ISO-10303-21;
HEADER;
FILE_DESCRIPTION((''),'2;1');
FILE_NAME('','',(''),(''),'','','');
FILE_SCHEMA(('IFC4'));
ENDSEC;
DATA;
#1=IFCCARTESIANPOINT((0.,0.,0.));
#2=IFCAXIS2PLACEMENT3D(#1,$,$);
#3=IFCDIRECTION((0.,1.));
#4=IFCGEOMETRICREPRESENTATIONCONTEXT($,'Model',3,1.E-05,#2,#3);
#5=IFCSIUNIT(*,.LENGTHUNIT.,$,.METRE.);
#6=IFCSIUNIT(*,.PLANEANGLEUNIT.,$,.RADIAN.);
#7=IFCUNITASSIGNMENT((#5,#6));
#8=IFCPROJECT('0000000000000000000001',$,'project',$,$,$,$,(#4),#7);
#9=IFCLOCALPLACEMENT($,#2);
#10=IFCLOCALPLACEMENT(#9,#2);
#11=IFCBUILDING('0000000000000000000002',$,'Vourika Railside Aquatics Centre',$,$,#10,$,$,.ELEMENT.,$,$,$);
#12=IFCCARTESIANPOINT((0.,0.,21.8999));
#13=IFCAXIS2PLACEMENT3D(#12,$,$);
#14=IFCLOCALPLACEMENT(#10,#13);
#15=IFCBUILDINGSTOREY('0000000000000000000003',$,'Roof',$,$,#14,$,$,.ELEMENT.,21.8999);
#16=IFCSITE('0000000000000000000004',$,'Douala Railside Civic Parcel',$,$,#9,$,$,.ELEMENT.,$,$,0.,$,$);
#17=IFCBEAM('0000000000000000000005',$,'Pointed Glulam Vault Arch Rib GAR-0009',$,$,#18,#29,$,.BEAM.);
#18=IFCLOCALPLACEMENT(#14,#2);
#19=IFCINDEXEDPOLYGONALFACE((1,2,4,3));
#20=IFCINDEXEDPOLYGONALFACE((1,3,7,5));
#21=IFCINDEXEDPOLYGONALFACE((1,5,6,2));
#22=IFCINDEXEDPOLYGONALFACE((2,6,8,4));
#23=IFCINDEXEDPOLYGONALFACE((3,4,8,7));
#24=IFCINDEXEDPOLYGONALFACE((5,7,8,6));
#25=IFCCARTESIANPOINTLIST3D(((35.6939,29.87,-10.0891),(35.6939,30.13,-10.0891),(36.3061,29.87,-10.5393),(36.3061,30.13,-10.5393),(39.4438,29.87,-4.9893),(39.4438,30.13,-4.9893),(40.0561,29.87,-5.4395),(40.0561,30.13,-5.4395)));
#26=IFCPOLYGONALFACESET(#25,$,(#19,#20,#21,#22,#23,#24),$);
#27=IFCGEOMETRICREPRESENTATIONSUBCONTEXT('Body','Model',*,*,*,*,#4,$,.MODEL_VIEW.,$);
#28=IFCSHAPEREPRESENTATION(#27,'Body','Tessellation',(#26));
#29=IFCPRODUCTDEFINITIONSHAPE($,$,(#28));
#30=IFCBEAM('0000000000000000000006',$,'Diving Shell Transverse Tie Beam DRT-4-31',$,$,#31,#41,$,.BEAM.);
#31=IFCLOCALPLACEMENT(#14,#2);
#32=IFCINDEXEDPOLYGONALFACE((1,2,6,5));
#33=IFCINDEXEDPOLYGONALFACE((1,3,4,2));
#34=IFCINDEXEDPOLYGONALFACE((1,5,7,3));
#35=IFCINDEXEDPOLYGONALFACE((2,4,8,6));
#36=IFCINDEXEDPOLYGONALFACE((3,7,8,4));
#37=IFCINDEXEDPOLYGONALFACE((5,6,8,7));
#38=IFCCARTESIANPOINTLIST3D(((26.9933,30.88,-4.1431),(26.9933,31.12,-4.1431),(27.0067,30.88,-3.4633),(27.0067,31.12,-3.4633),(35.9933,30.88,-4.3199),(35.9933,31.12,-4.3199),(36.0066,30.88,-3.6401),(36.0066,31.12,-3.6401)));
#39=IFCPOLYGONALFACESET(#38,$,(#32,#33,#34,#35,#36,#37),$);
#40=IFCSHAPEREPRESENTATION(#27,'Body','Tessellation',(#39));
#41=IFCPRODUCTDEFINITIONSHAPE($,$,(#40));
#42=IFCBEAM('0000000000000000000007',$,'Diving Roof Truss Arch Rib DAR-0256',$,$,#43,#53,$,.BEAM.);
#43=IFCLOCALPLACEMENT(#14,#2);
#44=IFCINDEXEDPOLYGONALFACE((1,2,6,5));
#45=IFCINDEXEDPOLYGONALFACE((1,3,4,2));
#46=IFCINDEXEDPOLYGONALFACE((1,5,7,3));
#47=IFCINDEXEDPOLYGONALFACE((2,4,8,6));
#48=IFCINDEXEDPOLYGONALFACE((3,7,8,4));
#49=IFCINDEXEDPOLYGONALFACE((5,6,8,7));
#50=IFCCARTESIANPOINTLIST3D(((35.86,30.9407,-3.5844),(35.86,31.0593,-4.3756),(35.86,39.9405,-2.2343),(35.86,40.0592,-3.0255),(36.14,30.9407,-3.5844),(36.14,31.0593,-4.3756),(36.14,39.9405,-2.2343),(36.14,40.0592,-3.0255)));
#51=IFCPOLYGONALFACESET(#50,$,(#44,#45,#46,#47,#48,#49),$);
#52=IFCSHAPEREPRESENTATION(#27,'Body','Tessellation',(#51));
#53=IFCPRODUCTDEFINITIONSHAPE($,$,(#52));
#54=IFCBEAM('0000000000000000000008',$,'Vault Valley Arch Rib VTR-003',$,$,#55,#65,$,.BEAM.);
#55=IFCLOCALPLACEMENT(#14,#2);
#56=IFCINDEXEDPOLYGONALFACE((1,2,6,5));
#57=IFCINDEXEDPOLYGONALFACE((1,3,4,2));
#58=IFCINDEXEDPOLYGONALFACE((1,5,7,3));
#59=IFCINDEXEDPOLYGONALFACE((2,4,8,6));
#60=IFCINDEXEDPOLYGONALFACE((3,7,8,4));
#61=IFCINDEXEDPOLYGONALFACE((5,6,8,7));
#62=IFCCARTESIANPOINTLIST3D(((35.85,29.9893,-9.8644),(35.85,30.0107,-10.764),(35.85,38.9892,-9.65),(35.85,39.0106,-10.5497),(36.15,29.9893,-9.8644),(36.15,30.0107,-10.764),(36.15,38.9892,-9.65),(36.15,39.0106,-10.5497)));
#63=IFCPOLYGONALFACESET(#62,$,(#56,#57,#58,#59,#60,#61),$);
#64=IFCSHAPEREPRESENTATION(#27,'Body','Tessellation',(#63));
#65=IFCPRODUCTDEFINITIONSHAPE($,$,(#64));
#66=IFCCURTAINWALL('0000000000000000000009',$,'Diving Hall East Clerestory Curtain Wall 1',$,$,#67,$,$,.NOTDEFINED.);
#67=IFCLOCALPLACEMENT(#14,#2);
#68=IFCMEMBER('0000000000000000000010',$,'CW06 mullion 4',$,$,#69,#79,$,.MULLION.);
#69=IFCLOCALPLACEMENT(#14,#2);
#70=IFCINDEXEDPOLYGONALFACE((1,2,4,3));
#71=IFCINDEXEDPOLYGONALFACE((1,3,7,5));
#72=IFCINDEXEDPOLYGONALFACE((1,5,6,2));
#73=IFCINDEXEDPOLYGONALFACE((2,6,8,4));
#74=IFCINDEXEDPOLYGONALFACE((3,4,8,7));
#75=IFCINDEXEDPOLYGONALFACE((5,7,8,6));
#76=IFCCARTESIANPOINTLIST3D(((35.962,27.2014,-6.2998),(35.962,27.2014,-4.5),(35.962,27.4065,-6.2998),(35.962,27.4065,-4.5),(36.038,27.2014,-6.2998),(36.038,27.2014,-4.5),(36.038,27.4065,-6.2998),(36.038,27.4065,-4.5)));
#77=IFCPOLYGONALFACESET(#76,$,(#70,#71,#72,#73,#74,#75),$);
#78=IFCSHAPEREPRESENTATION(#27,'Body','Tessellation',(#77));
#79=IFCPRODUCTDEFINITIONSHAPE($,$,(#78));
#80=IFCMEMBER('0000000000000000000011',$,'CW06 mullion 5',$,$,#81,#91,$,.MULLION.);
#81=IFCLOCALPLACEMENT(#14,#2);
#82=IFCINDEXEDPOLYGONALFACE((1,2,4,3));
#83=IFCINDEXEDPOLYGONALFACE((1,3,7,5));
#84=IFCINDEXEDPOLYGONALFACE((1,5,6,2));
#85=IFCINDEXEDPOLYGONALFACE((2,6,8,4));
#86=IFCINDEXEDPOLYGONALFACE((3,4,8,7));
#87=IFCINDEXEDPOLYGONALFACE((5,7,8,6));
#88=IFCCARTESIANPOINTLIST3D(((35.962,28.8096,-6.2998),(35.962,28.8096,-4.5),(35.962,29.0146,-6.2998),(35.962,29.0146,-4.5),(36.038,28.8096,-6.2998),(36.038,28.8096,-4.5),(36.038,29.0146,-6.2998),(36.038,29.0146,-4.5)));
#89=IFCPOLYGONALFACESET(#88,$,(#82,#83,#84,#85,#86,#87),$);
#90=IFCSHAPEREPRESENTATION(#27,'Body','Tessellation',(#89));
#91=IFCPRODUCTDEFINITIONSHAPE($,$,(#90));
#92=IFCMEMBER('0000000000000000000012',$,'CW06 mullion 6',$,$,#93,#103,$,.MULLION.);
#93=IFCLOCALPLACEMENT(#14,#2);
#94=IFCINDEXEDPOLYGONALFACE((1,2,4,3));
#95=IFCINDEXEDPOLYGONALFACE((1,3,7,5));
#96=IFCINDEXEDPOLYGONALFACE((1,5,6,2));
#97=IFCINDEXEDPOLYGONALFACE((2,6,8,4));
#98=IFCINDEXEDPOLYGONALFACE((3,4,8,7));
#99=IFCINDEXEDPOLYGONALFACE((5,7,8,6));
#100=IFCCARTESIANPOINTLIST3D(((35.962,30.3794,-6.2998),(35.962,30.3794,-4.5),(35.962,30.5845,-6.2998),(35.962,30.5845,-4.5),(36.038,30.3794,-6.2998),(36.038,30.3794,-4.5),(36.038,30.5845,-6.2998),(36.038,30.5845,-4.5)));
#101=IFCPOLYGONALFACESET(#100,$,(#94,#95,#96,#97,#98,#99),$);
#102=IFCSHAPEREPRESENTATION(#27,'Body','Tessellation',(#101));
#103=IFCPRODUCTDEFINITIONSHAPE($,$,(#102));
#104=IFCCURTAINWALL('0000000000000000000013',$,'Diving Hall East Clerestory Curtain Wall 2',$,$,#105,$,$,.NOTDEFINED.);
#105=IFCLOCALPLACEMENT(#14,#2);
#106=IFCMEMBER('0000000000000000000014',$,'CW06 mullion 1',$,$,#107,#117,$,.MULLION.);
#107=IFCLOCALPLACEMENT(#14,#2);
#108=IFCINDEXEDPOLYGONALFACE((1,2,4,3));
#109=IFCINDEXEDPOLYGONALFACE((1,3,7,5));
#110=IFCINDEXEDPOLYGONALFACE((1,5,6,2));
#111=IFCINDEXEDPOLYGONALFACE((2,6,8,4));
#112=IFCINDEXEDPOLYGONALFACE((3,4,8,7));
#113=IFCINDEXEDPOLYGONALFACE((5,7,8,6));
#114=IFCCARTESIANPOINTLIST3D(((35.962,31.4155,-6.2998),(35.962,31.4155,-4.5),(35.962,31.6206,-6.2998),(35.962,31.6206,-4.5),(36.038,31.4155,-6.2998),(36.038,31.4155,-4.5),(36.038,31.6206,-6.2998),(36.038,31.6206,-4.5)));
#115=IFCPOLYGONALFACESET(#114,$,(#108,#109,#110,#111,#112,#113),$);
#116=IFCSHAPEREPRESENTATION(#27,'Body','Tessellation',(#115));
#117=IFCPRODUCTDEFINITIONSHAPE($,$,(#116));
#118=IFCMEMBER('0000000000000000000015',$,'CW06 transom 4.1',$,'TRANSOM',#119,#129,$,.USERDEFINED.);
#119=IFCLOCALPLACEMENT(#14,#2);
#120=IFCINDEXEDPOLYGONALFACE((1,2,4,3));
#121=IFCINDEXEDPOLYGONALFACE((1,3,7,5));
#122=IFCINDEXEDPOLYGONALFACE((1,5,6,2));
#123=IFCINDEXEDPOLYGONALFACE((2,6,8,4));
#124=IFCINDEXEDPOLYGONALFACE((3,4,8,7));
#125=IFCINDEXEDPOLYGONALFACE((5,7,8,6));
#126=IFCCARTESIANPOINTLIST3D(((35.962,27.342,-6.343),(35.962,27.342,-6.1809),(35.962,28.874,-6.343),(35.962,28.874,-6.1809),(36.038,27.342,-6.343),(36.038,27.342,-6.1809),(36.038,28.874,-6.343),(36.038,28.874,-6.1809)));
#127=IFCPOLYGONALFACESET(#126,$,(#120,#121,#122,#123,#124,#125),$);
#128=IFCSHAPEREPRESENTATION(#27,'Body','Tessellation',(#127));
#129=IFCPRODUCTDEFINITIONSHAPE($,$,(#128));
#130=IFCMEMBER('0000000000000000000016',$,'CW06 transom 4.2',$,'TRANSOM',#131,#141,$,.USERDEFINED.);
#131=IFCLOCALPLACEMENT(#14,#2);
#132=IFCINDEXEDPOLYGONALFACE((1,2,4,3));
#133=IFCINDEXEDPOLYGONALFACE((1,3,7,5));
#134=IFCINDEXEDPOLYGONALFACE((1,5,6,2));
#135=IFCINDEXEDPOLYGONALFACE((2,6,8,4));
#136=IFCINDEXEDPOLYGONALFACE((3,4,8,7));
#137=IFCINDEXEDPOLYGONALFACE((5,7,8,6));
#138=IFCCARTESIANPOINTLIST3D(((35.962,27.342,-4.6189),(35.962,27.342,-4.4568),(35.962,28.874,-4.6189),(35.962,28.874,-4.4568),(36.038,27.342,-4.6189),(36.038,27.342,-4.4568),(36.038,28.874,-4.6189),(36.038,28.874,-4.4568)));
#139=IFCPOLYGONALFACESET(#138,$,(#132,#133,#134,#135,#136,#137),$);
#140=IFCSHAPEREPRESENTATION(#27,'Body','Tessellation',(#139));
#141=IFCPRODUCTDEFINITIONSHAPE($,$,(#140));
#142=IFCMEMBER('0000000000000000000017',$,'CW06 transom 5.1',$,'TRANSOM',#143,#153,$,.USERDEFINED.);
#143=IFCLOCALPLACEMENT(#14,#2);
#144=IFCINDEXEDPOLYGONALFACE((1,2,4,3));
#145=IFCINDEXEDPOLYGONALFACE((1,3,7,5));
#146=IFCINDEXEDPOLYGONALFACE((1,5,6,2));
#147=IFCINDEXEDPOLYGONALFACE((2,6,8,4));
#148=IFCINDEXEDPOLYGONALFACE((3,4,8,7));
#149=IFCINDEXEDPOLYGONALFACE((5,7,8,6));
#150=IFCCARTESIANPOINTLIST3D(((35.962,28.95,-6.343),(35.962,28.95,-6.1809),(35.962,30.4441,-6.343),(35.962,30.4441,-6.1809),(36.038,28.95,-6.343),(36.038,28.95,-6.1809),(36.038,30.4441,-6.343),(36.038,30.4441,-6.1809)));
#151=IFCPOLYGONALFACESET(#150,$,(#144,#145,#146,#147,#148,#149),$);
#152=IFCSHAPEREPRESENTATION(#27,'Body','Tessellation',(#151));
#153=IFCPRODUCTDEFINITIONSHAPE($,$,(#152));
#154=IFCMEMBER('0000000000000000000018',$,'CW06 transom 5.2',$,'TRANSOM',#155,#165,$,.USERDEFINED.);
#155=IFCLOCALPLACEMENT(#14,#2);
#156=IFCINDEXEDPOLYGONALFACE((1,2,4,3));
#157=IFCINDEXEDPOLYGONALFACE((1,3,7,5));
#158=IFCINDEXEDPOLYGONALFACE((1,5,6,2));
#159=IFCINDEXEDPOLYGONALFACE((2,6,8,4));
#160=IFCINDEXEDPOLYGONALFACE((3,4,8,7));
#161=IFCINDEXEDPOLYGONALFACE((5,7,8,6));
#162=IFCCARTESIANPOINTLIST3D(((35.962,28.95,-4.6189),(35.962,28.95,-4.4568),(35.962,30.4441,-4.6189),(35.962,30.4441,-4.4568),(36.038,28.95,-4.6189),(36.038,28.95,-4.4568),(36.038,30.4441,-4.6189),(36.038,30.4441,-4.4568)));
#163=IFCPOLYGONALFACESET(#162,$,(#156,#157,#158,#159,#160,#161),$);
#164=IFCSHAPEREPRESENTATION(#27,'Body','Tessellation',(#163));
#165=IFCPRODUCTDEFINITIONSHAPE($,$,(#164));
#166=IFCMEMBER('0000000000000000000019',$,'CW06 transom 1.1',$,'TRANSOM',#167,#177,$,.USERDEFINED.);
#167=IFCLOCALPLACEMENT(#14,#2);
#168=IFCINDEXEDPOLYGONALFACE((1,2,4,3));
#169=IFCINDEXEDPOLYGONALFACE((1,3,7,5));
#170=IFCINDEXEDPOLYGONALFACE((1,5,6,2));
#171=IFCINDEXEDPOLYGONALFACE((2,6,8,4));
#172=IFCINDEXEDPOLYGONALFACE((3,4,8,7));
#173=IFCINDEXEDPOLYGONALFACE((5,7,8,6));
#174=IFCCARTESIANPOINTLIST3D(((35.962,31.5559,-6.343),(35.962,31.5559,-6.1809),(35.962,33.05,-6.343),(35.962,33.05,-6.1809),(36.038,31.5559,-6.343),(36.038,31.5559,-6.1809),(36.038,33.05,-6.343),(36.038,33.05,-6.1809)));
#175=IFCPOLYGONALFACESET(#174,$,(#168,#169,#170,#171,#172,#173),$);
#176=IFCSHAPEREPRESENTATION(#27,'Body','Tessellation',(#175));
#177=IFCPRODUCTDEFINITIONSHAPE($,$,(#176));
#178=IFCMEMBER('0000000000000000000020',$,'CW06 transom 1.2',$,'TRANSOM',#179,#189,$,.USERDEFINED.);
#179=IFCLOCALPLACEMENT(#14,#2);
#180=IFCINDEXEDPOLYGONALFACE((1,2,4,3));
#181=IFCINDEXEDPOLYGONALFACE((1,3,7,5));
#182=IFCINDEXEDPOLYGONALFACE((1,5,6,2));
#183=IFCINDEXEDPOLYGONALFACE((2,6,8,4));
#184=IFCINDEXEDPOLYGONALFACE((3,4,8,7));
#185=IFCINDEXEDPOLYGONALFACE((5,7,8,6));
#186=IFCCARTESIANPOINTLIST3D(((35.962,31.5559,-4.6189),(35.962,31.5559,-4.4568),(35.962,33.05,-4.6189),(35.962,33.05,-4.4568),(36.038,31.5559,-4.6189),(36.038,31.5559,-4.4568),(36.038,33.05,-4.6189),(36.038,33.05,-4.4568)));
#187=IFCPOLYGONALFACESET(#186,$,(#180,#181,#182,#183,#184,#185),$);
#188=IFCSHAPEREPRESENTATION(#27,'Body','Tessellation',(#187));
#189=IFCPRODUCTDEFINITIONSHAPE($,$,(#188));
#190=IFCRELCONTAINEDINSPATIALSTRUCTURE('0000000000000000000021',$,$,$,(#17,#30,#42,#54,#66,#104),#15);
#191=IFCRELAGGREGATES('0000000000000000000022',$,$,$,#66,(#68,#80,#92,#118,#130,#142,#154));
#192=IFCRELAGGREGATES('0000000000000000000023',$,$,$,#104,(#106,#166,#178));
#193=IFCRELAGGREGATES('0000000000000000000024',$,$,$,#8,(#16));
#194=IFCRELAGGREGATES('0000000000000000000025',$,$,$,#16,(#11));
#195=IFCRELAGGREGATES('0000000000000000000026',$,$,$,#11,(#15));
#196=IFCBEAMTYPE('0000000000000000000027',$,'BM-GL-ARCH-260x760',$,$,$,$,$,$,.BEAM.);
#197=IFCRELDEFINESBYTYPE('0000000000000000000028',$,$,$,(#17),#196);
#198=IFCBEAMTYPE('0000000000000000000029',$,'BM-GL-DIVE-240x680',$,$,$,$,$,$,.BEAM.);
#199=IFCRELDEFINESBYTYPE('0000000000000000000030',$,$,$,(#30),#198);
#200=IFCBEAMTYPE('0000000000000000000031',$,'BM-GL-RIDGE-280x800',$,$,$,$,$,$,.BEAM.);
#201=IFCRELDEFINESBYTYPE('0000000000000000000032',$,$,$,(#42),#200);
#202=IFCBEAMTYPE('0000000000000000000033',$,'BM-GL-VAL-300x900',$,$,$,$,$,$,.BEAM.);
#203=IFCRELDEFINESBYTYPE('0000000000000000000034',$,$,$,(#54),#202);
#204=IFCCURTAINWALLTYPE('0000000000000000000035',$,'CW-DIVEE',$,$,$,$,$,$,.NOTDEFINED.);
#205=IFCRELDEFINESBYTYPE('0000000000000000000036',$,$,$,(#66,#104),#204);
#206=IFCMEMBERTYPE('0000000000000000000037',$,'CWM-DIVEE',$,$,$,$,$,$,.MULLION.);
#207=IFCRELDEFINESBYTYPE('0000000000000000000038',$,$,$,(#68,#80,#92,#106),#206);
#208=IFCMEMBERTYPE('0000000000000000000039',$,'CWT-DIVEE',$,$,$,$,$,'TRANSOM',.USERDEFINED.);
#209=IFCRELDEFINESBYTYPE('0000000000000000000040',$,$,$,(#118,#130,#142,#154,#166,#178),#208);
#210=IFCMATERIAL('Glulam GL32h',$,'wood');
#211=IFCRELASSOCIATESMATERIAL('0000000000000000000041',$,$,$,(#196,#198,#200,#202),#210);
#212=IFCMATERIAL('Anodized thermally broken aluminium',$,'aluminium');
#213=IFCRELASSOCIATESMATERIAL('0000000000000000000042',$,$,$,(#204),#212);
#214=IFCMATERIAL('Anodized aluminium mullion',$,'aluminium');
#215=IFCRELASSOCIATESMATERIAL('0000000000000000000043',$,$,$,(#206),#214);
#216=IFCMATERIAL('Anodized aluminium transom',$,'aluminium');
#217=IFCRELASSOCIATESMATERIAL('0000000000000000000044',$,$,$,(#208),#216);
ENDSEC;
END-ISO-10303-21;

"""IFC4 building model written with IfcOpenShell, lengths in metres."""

from ifc_helpers import new_model, si_unit, direction, frame, origin, origin_2d, place, context, subcontext, project, spatial, rectangle, extrude, material, material_profile, profile_set, type_object, element, aggregate, save


model = new_model("IFC4")

# Units and contexts
model_context = context("Model", 3, precision=1e-05, world=origin(), true_north=direction((0.0, 1.0)))
body_context = subcontext(model_context, "Body", "Model", "MODEL_VIEW")
ifc_project = project(units=[si_unit("LENGTHUNIT", "METRE"), si_unit("PLANEANGLEUNIT", "RADIAN")], contexts=[model_context])

# Site, building, storey
site_placement = place(None, origin())
site = spatial("IfcSite", under=ifc_project, at=site_placement, Name="Douala Railside Civic Parcel", CompositionType="ELEMENT", RefElevation=0.0)
building_placement = place(site_placement, origin())
building = spatial("IfcBuilding", under=site, at=building_placement, Name="Vourika Railside Aquatics Centre", CompositionType="ELEMENT")
storey_placement = place(building_placement, frame((0.0, 0.0, 21.8999)))
storey = spatial("IfcBuildingStorey", under=building, at=storey_placement, Name="Roof", CompositionType="ELEMENT", Elevation=21.8999)

# Beams
ifc_material_1 = material(Name="Glulam GL32h", Category="wood")
ifc_material_profile_1 = material_profile(ifc_material_1, rectangle(XDim=0.26, YDim=0.76, at=origin_2d()), Name="GL32h 260x760")
ifc_profile_set_1 = profile_set([ifc_material_profile_1], Name="Glulam GL32h")
beam_type_1 = type_object("IfcBeamType", Name="BM-GL-ARCH-260x760", PredefinedType="BEAM", material=ifc_profile_set_1)
beam_1_placement = place(storey_placement, frame((36.0, 30.0, -10.3142), z_axis=(0.592401, 0.0, 0.805643), x_axis=(0.0, 1.0, 0.0)))
element("IfcBeam", 1, at=beam_1_placement, inside=storey, type_object=beam_type_1, Name="Pointed Glulam Vault Arch Rib GAR-0009", PredefinedType="BEAM", context=body_context, shape_type="SweptSolid", body=[
    extrude(rectangle(XDim=0.26, YDim=0.76, at=origin_2d()), origin(), (0.0, 0.0, 1.0), 6.3301),
])
ifc_material_profile_2 = material_profile(ifc_material_1, rectangle(XDim=0.24, YDim=0.6799, at=origin_2d()), Name="GL32h 240x680")
ifc_profile_set_2 = profile_set([ifc_material_profile_2], Name="Glulam GL32h")
beam_type_2 = type_object("IfcBeamType", Name="BM-GL-DIVE-240x680", PredefinedType="BEAM", material=ifc_profile_set_2)
beam_2_placement = place(storey_placement, frame((27.0, 31.0, -3.8032), z_axis=(0.999807, 0.0, -0.019636), x_axis=(0.0, 1.0, 0.0)))
element("IfcBeam", 2, at=beam_2_placement, inside=storey, type_object=beam_type_2, Name="Diving Shell Transverse Tie Beam DRT-4-31", PredefinedType="BEAM", context=body_context, shape_type="SweptSolid", body=[
    extrude(rectangle(XDim=0.24, YDim=0.6799, at=origin_2d()), origin(), (0.0, 0.0, 1.0), 9.0017),
])
ifc_material_profile_3 = material_profile(ifc_material_1, rectangle(XDim=0.28, YDim=0.8, at=origin_2d()), Name="GL32h 280x800")
ifc_profile_set_3 = profile_set([ifc_material_profile_3], Name="Glulam GL32h")
beam_type_3 = type_object("IfcBeamType", Name="BM-GL-RIDGE-280x800", PredefinedType="BEAM", material=ifc_profile_set_3)
beam_3_placement = place(storey_placement, frame((36.0, 31.0, -3.98), z_axis=(0.0, 0.988935, 0.148351), x_axis=(-1.0, 0.0, 0.0)))
element("IfcBeam", 3, at=beam_3_placement, inside=storey, type_object=beam_type_3, Name="Diving Roof Truss Arch Rib DAR-0256", PredefinedType="BEAM", context=body_context, shape_type="SweptSolid", body=[
    extrude(rectangle(XDim=0.28, YDim=0.8, at=origin_2d()), origin(), (0.0, 0.0, 1.0), 9.1006),
])
ifc_material_profile_4 = material_profile(ifc_material_1, rectangle(XDim=0.3, YDim=0.8999, at=origin_2d()), Name="GL32h 300x900")
ifc_profile_set_4 = profile_set([ifc_material_profile_4], Name="Glulam GL32h")
beam_type_4 = type_object("IfcBeamType", Name="BM-GL-VAL-300x900", PredefinedType="BEAM", material=ifc_profile_set_4)
beam_4_placement = place(storey_placement, frame((36.0, 30.0, -10.3142), z_axis=(0.0, 0.999716, 0.023811), x_axis=(-1.0, 0.0, 0.0)))
element("IfcBeam", 4, at=beam_4_placement, inside=storey, type_object=beam_type_4, Name="Vault Valley Arch Rib VTR-003", PredefinedType="BEAM", context=body_context, shape_type="SweptSolid", body=[
    extrude(rectangle(XDim=0.3, YDim=0.8999, at=origin_2d()), origin(), (0.0, 0.0, 1.0), 9.0024),
])

# Curtain wall, members
ifc_material_2 = material(Name="Anodized thermally broken aluminium", Category="aluminium")
curtain_wall_type = type_object("IfcCurtainWallType", Name="CW-DIVEE", PredefinedType="NOTDEFINED", material=ifc_material_2)
curtain_wall_1_placement = place(storey_placement, origin())
curtain_wall_1 = element("IfcCurtainWall", 5, at=curtain_wall_1_placement, inside=storey, type_object=curtain_wall_type, Name="Diving Hall East Clerestory Curtain Wall 1", PredefinedType="NOTDEFINED")
ifc_material_3 = material(Name="Anodized aluminium mullion", Category="aluminium")
ifc_material_profile_5 = material_profile(ifc_material_3, rectangle(XDim=0.0759, YDim=0.2051, at=origin_2d()), Name="ALU-M 76x205")
ifc_profile_set_5 = profile_set([ifc_material_profile_5], Name="Anodized aluminium mullion")
member_type_1 = type_object("IfcMemberType", Name="CWM-DIVEE", PredefinedType="MULLION", material=ifc_profile_set_5)
member_1_placement = place(storey_placement, frame((36.0, 27.304, -6.2998), z_axis=(0.0, 0.0, 1.0), x_axis=(-1.0, 0.0, 0.0)))
member_1 = element("IfcMember", 6, at=member_1_placement, type_object=member_type_1, Name="CW06 mullion 4", PredefinedType="MULLION", context=body_context, shape_type="SweptSolid", body=[
    extrude(rectangle(XDim=0.0759, YDim=0.2051, at=origin_2d()), origin(), (0.0, 0.0, 1.0), 1.7998),
])
member_2_placement = place(storey_placement, frame((36.0, 28.9121, -6.2998), z_axis=(0.0, 0.0, 1.0), x_axis=(-1.0, 0.0, 0.0)))
member_2 = element("IfcMember", 7, at=member_2_placement, type_object=member_type_1, Name="CW06 mullion 5", PredefinedType="MULLION", context=body_context, shape_type="SweptSolid", body=[
    extrude(rectangle(XDim=0.0759, YDim=0.2051, at=origin_2d()), origin(), (0.0, 0.0, 1.0), 1.7998),
])
member_3_placement = place(storey_placement, frame((36.0, 30.4819, -6.2998), z_axis=(0.0, 0.0, 1.0), x_axis=(-1.0, 0.0, 0.0)))
member_3 = element("IfcMember", 8, at=member_3_placement, type_object=member_type_1, Name="CW06 mullion 6", PredefinedType="MULLION", context=body_context, shape_type="SweptSolid", body=[
    extrude(rectangle(XDim=0.0759, YDim=0.2051, at=origin_2d()), origin(), (0.0, 0.0, 1.0), 1.7998),
])

# Curtain wall, member
curtain_wall_2_placement = place(storey_placement, origin())
curtain_wall_2 = element("IfcCurtainWall", 9, at=curtain_wall_2_placement, inside=storey, type_object=curtain_wall_type, Name="Diving Hall East Clerestory Curtain Wall 2", PredefinedType="NOTDEFINED")
member_4_placement = place(storey_placement, frame((36.0, 31.5181, -6.2998), z_axis=(0.0, 0.0, 1.0), x_axis=(-1.0, 0.0, 0.0)))
member_4 = element("IfcMember", 10, at=member_4_placement, type_object=member_type_1, Name="CW06 mullion 1", PredefinedType="MULLION", context=body_context, shape_type="SweptSolid", body=[
    extrude(rectangle(XDim=0.0759, YDim=0.2051, at=origin_2d()), origin(), (0.0, 0.0, 1.0), 1.7998),
])

# Members
ifc_material_4 = material(Name="Anodized aluminium transom", Category="aluminium")
ifc_material_profile_6 = material_profile(ifc_material_4, rectangle(XDim=0.0759, YDim=0.1621, at=origin_2d()), Name="ALU-T 76x162")
ifc_profile_set_6 = profile_set([ifc_material_profile_6], Name="Anodized aluminium transom")
member_type_2 = type_object("IfcMemberType", Name="CWT-DIVEE", ElementType="TRANSOM", PredefinedType="USERDEFINED", material=ifc_profile_set_6)
member_5_placement = place(storey_placement, frame((36.0, 27.342, -6.262), z_axis=(0.0, 1.0, 0.0), x_axis=(-1.0, 0.0, 0.0)))
member_5 = element("IfcMember", 11, at=member_5_placement, type_object=member_type_2, Name="CW06 transom 4.1", ObjectType="TRANSOM", PredefinedType="USERDEFINED", context=body_context, shape_type="SweptSolid", body=[
    extrude(rectangle(XDim=0.0759, YDim=0.1621, at=origin_2d()), origin(), (0.0, 0.0, 1.0), 1.532),
])
member_6_placement = place(storey_placement, frame((36.0, 27.342, -4.5378), z_axis=(0.0, 1.0, 0.0), x_axis=(-1.0, 0.0, 0.0)))
member_6 = element("IfcMember", 12, at=member_6_placement, type_object=member_type_2, Name="CW06 transom 4.2", ObjectType="TRANSOM", PredefinedType="USERDEFINED", context=body_context, shape_type="SweptSolid", body=[
    extrude(rectangle(XDim=0.0759, YDim=0.1621, at=origin_2d()), origin(), (0.0, 0.0, 1.0), 1.532),
])
member_7_placement = place(storey_placement, frame((36.0, 28.95, -6.262), z_axis=(0.0, 1.0, 0.0), x_axis=(-1.0, 0.0, 0.0)))
member_7 = element("IfcMember", 13, at=member_7_placement, type_object=member_type_2, Name="CW06 transom 5.1", ObjectType="TRANSOM", PredefinedType="USERDEFINED", context=body_context, shape_type="SweptSolid", body=[
    extrude(rectangle(XDim=0.0759, YDim=0.1621, at=origin_2d()), origin(), (0.0, 0.0, 1.0), 1.4941),
])
member_8_placement = place(storey_placement, frame((36.0, 28.95, -4.5378), z_axis=(0.0, 1.0, 0.0), x_axis=(-1.0, 0.0, 0.0)))
member_8 = element("IfcMember", 14, at=member_8_placement, type_object=member_type_2, Name="CW06 transom 5.2", ObjectType="TRANSOM", PredefinedType="USERDEFINED", context=body_context, shape_type="SweptSolid", body=[
    extrude(rectangle(XDim=0.0759, YDim=0.1621, at=origin_2d()), origin(), (0.0, 0.0, 1.0), 1.4941),
])
member_9_placement = place(storey_placement, frame((36.0, 31.5559, -6.262), z_axis=(0.0, 1.0, 0.0), x_axis=(-1.0, 0.0, 0.0)))
member_9 = element("IfcMember", 15, at=member_9_placement, type_object=member_type_2, Name="CW06 transom 1.1", ObjectType="TRANSOM", PredefinedType="USERDEFINED", context=body_context, shape_type="SweptSolid", body=[
    extrude(rectangle(XDim=0.0759, YDim=0.1621, at=origin_2d()), origin(), (0.0, 0.0, 1.0), 1.4941),
])
member_10_placement = place(storey_placement, frame((36.0, 31.5559, -4.5378), z_axis=(0.0, 1.0, 0.0), x_axis=(-1.0, 0.0, 0.0)))
member_10 = element("IfcMember", 16, at=member_10_placement, type_object=member_type_2, Name="CW06 transom 1.2", ObjectType="TRANSOM", PredefinedType="USERDEFINED", context=body_context, shape_type="SweptSolid", body=[
    extrude(rectangle(XDim=0.0759, YDim=0.1621, at=origin_2d()), origin(), (0.0, 0.0, 1.0), 1.4941),
])

aggregate(curtain_wall_1, [member_1, member_2, member_3, member_5, member_6, member_7, member_8])
aggregate(curtain_wall_2, [member_4, member_9, member_10])

save(model, "model.ifc")
